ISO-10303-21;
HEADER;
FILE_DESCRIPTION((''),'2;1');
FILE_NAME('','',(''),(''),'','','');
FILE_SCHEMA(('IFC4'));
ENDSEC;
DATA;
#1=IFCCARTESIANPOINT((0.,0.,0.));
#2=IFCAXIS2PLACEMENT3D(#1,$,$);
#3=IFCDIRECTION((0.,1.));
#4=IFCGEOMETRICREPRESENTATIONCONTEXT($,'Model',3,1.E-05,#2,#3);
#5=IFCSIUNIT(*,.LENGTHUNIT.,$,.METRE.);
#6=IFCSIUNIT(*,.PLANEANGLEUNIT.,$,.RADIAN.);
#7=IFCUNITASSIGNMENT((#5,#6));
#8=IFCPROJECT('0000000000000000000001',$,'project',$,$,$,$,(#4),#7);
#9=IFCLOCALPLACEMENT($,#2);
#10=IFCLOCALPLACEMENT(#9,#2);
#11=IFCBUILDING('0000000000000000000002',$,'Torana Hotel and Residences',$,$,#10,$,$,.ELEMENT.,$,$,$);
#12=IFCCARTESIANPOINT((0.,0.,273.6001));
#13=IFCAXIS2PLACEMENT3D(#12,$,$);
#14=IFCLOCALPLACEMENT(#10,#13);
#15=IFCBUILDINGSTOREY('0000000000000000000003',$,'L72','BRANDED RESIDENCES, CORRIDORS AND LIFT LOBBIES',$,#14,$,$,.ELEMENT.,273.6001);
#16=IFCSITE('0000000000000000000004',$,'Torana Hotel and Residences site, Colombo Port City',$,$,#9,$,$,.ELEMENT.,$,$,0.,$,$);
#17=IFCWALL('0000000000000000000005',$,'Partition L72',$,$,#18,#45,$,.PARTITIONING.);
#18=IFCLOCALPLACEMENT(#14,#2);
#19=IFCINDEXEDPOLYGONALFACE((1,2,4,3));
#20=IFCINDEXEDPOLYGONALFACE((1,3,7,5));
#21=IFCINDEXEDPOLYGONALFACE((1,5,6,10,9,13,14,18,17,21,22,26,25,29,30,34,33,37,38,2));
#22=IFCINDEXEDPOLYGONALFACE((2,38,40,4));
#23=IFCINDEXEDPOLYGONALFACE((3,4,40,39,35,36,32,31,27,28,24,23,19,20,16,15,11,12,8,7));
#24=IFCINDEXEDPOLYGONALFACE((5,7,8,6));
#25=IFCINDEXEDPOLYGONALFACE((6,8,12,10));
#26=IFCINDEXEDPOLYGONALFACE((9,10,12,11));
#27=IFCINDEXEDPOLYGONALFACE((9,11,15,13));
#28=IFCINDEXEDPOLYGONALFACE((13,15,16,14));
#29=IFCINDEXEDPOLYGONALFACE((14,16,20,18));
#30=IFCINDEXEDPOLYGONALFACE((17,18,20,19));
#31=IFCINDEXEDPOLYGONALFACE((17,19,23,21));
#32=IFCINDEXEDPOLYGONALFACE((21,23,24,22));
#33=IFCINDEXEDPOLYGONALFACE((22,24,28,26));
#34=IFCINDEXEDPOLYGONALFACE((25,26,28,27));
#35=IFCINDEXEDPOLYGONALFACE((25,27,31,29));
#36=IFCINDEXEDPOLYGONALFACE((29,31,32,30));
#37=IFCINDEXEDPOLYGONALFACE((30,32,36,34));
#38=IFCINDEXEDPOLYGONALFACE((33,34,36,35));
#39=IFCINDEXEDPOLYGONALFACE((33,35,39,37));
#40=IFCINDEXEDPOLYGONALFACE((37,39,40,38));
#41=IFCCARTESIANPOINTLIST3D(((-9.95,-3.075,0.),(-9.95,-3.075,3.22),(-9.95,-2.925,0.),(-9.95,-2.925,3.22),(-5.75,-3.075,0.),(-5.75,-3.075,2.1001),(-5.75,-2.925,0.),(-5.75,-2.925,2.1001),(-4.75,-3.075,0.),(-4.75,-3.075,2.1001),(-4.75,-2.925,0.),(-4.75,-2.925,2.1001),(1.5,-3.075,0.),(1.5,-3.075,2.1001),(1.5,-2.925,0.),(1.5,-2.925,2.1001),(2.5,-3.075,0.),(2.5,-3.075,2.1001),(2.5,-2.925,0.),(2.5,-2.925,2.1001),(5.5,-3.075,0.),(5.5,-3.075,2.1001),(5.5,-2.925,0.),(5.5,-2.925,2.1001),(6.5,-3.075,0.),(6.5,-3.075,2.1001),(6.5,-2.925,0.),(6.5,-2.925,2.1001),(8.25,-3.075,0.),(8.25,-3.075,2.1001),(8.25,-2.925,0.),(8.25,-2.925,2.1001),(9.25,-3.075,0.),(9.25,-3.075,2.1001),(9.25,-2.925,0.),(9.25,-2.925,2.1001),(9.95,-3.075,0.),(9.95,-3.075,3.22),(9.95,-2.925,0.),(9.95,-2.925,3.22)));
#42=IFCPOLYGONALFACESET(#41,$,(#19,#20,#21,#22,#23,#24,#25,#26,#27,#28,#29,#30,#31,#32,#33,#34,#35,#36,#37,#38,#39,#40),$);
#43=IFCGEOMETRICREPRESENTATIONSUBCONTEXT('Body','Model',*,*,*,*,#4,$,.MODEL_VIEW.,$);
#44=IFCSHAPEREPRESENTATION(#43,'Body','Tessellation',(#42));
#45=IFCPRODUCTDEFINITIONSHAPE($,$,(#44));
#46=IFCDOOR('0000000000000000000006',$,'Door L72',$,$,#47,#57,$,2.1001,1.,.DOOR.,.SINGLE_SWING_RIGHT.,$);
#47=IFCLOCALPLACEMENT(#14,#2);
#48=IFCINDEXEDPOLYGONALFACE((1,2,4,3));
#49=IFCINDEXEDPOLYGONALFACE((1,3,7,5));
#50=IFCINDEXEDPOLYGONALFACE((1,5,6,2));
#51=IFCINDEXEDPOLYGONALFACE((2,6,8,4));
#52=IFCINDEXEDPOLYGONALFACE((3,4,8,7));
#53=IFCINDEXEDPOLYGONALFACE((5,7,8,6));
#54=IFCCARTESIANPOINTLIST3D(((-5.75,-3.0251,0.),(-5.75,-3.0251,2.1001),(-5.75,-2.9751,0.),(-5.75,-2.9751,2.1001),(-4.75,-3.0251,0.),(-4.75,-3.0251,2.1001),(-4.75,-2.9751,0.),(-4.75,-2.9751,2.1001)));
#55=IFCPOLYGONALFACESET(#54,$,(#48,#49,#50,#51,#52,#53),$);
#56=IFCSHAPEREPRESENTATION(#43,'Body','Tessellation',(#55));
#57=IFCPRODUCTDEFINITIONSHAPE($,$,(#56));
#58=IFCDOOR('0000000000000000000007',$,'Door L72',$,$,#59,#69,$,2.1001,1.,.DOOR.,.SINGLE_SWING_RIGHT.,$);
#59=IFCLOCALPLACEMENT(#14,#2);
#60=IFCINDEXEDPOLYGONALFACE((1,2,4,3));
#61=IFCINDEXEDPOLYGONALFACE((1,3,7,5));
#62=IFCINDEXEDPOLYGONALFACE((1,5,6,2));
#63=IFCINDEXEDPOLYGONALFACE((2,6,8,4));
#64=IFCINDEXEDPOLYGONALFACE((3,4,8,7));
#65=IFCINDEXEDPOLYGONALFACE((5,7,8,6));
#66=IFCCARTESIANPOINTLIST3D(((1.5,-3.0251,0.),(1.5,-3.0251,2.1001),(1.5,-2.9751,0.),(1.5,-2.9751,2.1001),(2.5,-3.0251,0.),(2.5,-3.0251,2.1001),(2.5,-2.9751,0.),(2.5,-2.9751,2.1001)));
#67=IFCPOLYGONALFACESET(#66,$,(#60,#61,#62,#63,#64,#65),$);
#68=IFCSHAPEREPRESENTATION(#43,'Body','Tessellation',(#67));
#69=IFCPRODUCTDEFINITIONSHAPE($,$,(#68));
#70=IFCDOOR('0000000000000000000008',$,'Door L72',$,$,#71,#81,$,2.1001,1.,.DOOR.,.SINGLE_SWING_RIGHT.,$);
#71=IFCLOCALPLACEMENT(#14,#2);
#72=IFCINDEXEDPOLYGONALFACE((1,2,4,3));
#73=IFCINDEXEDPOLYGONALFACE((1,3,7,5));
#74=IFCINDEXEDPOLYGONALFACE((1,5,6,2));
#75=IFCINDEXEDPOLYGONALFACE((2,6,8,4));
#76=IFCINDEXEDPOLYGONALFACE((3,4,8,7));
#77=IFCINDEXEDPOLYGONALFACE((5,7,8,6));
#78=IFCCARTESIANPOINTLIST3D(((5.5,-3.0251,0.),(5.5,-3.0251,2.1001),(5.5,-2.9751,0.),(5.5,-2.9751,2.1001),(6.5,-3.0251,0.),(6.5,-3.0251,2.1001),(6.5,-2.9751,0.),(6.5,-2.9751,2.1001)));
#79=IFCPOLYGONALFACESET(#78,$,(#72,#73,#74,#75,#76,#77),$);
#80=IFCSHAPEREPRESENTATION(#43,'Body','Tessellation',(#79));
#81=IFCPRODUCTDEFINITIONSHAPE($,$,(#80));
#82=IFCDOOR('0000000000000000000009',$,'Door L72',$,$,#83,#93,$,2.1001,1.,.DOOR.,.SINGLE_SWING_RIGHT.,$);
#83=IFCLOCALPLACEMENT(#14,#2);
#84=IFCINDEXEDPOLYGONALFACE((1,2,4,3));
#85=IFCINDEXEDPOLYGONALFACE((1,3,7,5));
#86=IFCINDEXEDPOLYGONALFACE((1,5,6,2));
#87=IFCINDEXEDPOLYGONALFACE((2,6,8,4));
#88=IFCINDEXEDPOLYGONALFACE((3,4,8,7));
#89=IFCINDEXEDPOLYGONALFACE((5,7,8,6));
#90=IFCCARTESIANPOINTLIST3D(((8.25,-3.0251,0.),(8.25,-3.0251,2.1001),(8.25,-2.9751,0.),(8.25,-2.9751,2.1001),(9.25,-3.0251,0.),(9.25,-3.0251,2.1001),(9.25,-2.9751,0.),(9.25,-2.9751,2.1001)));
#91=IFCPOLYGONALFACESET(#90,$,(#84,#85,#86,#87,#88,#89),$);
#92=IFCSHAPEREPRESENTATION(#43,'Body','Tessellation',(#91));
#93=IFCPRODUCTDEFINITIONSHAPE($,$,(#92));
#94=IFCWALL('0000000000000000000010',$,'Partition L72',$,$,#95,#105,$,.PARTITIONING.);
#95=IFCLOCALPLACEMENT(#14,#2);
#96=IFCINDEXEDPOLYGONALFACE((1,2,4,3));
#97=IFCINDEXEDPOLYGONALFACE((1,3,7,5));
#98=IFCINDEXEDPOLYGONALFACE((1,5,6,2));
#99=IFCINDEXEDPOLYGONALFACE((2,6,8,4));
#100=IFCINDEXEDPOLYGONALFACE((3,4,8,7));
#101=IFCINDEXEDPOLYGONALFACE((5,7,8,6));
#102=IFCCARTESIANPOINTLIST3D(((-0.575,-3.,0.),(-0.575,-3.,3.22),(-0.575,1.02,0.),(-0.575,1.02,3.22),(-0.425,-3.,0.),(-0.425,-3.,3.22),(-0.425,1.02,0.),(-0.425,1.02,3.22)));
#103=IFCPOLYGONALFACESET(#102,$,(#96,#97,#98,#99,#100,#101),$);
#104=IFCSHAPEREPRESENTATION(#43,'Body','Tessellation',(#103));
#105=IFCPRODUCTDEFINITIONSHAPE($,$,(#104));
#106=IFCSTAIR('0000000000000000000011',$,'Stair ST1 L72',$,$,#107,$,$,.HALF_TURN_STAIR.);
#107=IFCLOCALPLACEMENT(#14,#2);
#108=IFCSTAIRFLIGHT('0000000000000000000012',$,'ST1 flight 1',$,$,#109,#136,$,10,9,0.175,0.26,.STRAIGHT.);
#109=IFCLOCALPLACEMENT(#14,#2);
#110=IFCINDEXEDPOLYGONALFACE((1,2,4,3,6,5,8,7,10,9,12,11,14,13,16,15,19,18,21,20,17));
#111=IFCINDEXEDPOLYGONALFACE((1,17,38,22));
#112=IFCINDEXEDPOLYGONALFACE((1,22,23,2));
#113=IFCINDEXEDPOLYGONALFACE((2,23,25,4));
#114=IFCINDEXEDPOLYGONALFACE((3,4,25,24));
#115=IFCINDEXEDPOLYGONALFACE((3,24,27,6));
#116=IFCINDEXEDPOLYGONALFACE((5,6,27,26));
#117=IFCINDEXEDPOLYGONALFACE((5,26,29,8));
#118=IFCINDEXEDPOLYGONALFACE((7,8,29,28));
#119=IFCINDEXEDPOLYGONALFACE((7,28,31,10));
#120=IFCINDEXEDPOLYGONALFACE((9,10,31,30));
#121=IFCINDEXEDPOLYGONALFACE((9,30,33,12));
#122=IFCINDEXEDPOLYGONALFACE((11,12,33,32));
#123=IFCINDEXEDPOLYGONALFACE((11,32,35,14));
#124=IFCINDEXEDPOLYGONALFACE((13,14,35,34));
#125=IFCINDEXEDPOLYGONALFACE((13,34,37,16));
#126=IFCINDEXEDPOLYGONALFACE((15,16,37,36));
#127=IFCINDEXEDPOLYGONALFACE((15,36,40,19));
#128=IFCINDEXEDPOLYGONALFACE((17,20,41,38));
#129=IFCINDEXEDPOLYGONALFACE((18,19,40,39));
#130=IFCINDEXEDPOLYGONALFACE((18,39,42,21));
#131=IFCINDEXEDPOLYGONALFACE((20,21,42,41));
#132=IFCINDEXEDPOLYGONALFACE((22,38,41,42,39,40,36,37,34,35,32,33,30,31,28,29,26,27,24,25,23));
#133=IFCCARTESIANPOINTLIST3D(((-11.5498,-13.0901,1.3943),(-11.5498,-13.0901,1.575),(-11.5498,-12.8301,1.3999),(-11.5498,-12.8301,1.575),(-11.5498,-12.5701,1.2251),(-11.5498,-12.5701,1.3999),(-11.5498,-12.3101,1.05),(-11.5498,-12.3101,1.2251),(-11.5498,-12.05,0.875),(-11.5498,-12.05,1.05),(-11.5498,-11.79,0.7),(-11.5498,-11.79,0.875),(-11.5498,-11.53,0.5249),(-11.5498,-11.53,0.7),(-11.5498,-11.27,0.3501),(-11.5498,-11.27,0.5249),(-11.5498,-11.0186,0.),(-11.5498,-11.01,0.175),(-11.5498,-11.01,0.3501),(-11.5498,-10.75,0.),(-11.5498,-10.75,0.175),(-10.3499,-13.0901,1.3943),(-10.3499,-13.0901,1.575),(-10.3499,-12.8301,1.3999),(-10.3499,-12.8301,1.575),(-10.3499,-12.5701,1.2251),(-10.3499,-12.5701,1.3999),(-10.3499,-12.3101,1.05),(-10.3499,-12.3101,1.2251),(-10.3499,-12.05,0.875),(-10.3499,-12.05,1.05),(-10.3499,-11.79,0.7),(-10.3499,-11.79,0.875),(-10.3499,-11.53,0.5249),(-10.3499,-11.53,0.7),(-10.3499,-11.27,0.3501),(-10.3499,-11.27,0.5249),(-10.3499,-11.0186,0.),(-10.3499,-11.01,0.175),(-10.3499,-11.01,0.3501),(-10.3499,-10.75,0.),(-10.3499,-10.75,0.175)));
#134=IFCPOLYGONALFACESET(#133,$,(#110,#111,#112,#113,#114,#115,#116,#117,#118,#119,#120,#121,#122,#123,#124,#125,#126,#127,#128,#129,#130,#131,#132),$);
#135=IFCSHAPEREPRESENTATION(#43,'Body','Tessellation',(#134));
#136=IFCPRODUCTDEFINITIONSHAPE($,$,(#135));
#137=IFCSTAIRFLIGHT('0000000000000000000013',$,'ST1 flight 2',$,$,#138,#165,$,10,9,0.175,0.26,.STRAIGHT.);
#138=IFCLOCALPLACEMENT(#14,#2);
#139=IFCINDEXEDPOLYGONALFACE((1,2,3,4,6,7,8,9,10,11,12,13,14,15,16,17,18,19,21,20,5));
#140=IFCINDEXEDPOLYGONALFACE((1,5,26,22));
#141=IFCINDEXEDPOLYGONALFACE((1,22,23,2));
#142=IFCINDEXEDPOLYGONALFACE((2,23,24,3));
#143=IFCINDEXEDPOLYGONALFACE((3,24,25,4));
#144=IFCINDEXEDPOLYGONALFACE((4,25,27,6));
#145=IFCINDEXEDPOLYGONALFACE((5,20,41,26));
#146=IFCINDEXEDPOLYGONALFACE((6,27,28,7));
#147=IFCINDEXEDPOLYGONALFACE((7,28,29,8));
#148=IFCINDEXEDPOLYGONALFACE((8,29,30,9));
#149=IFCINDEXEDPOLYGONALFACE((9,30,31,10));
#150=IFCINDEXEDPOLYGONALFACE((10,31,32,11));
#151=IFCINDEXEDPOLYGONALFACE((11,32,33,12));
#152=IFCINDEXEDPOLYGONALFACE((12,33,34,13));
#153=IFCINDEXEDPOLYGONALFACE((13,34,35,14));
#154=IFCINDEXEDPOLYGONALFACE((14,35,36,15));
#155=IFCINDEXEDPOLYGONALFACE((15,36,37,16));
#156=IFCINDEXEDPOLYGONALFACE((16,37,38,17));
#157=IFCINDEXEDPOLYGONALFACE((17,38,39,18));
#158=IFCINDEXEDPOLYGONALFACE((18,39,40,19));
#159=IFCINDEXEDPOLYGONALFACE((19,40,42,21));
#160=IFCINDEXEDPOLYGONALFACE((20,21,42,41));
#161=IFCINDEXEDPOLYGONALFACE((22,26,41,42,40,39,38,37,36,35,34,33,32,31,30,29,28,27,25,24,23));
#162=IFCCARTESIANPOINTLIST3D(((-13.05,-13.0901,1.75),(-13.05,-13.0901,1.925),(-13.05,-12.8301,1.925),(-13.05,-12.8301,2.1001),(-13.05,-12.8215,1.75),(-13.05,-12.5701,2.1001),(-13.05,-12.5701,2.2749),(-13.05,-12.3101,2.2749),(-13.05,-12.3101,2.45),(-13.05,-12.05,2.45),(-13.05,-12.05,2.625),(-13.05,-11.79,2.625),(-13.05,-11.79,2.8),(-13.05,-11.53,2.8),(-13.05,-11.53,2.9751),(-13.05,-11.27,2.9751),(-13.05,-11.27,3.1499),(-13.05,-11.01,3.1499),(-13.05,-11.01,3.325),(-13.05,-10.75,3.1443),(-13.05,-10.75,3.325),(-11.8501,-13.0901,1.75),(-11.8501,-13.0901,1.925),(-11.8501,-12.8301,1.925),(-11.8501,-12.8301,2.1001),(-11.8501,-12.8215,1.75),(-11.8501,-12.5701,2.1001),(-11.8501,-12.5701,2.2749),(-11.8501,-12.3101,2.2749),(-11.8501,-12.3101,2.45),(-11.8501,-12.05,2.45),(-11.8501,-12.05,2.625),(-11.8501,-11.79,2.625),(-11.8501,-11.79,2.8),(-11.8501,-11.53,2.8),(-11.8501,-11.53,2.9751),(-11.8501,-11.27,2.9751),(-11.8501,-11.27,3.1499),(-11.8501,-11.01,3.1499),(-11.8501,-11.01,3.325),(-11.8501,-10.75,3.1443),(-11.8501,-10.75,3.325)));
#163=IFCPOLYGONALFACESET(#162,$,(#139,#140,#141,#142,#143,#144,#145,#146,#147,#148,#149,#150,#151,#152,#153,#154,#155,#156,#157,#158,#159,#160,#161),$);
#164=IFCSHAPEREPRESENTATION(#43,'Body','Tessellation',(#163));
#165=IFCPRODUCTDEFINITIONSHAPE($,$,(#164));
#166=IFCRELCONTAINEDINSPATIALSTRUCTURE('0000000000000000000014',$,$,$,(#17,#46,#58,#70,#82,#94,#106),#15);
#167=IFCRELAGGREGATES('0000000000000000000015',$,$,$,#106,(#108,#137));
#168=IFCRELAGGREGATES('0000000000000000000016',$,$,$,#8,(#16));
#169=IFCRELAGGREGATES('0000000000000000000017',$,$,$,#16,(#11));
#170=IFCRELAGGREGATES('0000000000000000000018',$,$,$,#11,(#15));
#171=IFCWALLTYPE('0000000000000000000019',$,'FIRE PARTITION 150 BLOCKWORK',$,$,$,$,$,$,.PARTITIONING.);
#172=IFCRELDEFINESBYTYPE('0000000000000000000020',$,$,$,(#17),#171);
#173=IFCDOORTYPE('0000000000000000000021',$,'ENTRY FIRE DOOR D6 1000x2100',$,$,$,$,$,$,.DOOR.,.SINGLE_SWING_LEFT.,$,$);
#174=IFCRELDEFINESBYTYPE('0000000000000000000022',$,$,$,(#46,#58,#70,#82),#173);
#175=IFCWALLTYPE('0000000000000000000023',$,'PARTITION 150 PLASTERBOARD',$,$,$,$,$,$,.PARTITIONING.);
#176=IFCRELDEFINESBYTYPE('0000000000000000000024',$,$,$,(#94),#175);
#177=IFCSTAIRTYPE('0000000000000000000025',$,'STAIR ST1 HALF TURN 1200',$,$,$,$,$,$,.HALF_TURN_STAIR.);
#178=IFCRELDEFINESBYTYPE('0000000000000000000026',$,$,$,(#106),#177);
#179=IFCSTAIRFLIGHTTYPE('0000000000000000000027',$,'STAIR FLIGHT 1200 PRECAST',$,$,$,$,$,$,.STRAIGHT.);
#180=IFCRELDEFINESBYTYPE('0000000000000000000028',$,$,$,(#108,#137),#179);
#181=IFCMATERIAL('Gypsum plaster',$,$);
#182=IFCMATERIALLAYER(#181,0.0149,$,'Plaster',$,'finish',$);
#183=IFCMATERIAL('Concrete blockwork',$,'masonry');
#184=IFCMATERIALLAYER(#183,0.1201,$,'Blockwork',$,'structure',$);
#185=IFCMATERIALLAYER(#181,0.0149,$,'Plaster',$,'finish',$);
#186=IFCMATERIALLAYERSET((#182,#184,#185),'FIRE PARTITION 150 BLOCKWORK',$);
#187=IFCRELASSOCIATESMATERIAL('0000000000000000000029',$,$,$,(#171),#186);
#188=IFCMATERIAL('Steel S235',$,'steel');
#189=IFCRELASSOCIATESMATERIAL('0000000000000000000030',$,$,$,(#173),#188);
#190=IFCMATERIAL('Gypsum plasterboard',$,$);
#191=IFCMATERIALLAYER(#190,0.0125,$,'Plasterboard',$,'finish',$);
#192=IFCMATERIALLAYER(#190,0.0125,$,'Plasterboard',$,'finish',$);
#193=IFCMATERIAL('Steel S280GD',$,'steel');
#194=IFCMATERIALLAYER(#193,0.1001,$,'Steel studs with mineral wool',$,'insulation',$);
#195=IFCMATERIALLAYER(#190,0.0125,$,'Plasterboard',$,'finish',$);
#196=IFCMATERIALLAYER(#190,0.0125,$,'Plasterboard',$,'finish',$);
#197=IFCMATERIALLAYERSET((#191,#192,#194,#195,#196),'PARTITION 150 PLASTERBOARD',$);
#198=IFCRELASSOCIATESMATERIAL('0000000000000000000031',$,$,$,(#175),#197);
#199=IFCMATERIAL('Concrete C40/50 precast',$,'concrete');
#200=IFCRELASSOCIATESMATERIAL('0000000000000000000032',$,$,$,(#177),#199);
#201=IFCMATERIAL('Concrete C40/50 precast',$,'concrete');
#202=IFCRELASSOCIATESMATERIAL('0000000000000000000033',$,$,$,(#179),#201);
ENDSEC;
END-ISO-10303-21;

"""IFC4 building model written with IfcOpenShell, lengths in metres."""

from ifc_helpers import new_model, si_unit, direction, frame, frame_2d, origin, place, context, subcontext, project, spatial, polyline, rectangle, outline, extrude, material, layer, layer_set, type_object, element, fill, aggregate, save


model = new_model("IFC4")

# Units and contexts
model_context = context("Model", 3, precision=1e-05, world=origin(), true_north=direction((0.0, 1.0)))
body_context = subcontext(model_context, "Body", "Model", "MODEL_VIEW")
ifc_project = project(units=[si_unit("LENGTHUNIT", "METRE"), si_unit("PLANEANGLEUNIT", "RADIAN")], contexts=[model_context])

# Site, building, storey
site_placement = place(None, origin())
site = spatial("IfcSite", under=ifc_project, at=site_placement, Name="Torana Hotel and Residences site, Colombo Port City", CompositionType="ELEMENT", RefElevation=0.0)
building_placement = place(site_placement, origin())
building = spatial("IfcBuilding", under=site, at=building_placement, Name="Torana Hotel and Residences", CompositionType="ELEMENT")
storey_placement = place(building_placement, frame((0.0, 0.0, 273.6001)))
storey = spatial("IfcBuildingStorey", under=building, at=storey_placement, Name="L72", Description="BRANDED RESIDENCES, CORRIDORS AND LIFT LOBBIES", CompositionType="ELEMENT", Elevation=273.6001)

# Shared definitions
ifc_material_1 = material(Name="Gypsum plaster")
ifc_layer_1 = layer(ifc_material_1, 0.0149, Name="Plaster", Category="finish")
ifc_material_2 = material(Name="Concrete blockwork", Category="masonry")
ifc_layer_2 = layer(ifc_material_2, 0.1201, Name="Blockwork", Category="structure")
ifc_layer_3 = layer(ifc_material_1, 0.0149, Name="Plaster", Category="finish")
ifc_layer_set_1 = layer_set([ifc_layer_1, ifc_layer_2, ifc_layer_3], Name="FIRE PARTITION 150 BLOCKWORK")
wall_type_1 = type_object("IfcWallType", Name="FIRE PARTITION 150 BLOCKWORK", PredefinedType="PARTITIONING", material=ifc_layer_set_1)

# Wall, openings, doors
ifc_material_3 = material(Name="Steel S235", Category="steel")
door_type_1 = type_object("IfcDoorType", Name="ENTRY FIRE DOOR D6 1000x2100", OperationType="SINGLE_SWING_LEFT", PredefinedType="DOOR", material=ifc_material_3)
wall_1_placement = place(storey_placement, frame((-9.95, -3.0, 0.0), z_axis=(0.0, 0.0, 1.0), x_axis=(1.0, 0.0, 0.0)))
wall_1 = element("IfcWall", 1, at=wall_1_placement, inside=storey, type_object=wall_type_1, Name="Partition L72", PredefinedType="PARTITIONING", context=body_context, shape_type="SweptSolid", body=[
    extrude(rectangle(XDim=19.8999, YDim=0.1499, at=frame_2d((9.95, 0.0))), origin(), (0.0, 0.0, 1.0), 3.22),
])
opening_1_placement = place(wall_1_placement, frame((4.2, 0.0, 0.0)))
opening_1 = element("IfcOpeningElement", 2, at=opening_1_placement, cuts=wall_1, PredefinedType="OPENING", context=body_context, shape_type="SweptSolid", body=[
    extrude(rectangle(XDim=1.0, YDim=2.1001, at=frame_2d((0.5, 1.05))), frame((0.0, 0.085, 0.0), z_axis=(0.0, -1.0, 0.0), x_axis=(1.0, 0.0, 0.0)), (0.0, 0.0, 1.0), 0.1699),
])
opening_2_placement = place(wall_1_placement, frame((11.45, 0.0, 0.0)))
opening_2 = element("IfcOpeningElement", 3, at=opening_2_placement, cuts=wall_1, PredefinedType="OPENING", context=body_context, shape_type="SweptSolid", body=[
    extrude(rectangle(XDim=1.0, YDim=2.1001, at=frame_2d((0.5, 1.05))), frame((0.0, 0.085, 0.0), z_axis=(0.0, -1.0, 0.0), x_axis=(1.0, 0.0, 0.0)), (0.0, 0.0, 1.0), 0.1699),
])
opening_3_placement = place(wall_1_placement, frame((15.45, 0.0, 0.0)))
opening_3 = element("IfcOpeningElement", 4, at=opening_3_placement, cuts=wall_1, PredefinedType="OPENING", context=body_context, shape_type="SweptSolid", body=[
    extrude(rectangle(XDim=1.0, YDim=2.1001, at=frame_2d((0.5, 1.05))), frame((0.0, 0.085, 0.0), z_axis=(0.0, -1.0, 0.0), x_axis=(1.0, 0.0, 0.0)), (0.0, 0.0, 1.0), 0.1699),
])
opening_4_placement = place(wall_1_placement, frame((18.2, 0.0, 0.0)))
opening_4 = element("IfcOpeningElement", 5, at=opening_4_placement, cuts=wall_1, PredefinedType="OPENING", context=body_context, shape_type="SweptSolid", body=[
    extrude(rectangle(XDim=1.0, YDim=2.1001, at=frame_2d((0.5, 1.05))), frame((0.0, 0.085, 0.0), z_axis=(0.0, -1.0, 0.0), x_axis=(1.0, 0.0, 0.0)), (0.0, 0.0, 1.0), 0.1699),
])
door_1_placement = place(opening_1_placement, origin())
door_1 = element("IfcDoor", 6, at=door_1_placement, inside=storey, type_object=door_type_1, Name="Door L72", OperationType="SINGLE_SWING_RIGHT", OverallHeight=2.1001, OverallWidth=1.0, PredefinedType="DOOR", context=body_context, shape_type="SweptSolid", body=[
    extrude(rectangle(XDim=1.0, YDim=2.1001, at=frame_2d((0.5, 1.05))), frame((0.0, 0.0249, 0.0), z_axis=(0.0, -1.0, 0.0), x_axis=(1.0, 0.0, 0.0)), (0.0, 0.0, 1.0), 0.05),
])
fill(opening_1, door_1)
door_2_placement = place(opening_2_placement, origin())
door_2 = element("IfcDoor", 7, at=door_2_placement, inside=storey, type_object=door_type_1, Name="Door L72", OperationType="SINGLE_SWING_RIGHT", OverallHeight=2.1001, OverallWidth=1.0, PredefinedType="DOOR", context=body_context, shape_type="SweptSolid", body=[
    extrude(rectangle(XDim=1.0, YDim=2.1001, at=frame_2d((0.5, 1.05))), frame((0.0, 0.0249, 0.0), z_axis=(0.0, -1.0, 0.0), x_axis=(1.0, 0.0, 0.0)), (0.0, 0.0, 1.0), 0.05),
])
fill(opening_2, door_2)
door_3_placement = place(opening_3_placement, origin())
door_3 = element("IfcDoor", 8, at=door_3_placement, inside=storey, type_object=door_type_1, Name="Door L72", OperationType="SINGLE_SWING_RIGHT", OverallHeight=2.1001, OverallWidth=1.0, PredefinedType="DOOR", context=body_context, shape_type="SweptSolid", body=[
    extrude(rectangle(XDim=1.0, YDim=2.1001, at=frame_2d((0.5, 1.05))), frame((0.0, 0.0249, 0.0), z_axis=(0.0, -1.0, 0.0), x_axis=(1.0, 0.0, 0.0)), (0.0, 0.0, 1.0), 0.05),
])
fill(opening_3, door_3)
door_4_placement = place(opening_4_placement, origin())
door_4 = element("IfcDoor", 9, at=door_4_placement, inside=storey, type_object=door_type_1, Name="Door L72", OperationType="SINGLE_SWING_RIGHT", OverallHeight=2.1001, OverallWidth=1.0, PredefinedType="DOOR", context=body_context, shape_type="SweptSolid", body=[
    extrude(rectangle(XDim=1.0, YDim=2.1001, at=frame_2d((0.5, 1.05))), frame((0.0, 0.0249, 0.0), z_axis=(0.0, -1.0, 0.0), x_axis=(1.0, 0.0, 0.0)), (0.0, 0.0, 1.0), 0.05),
])
fill(opening_4, door_4)

# Wall
ifc_material_4 = material(Name="Gypsum plasterboard")
ifc_layer_4 = layer(ifc_material_4, 0.0125, Name="Plasterboard", Category="finish")
ifc_layer_5 = layer(ifc_material_4, 0.0125, Name="Plasterboard", Category="finish")
ifc_material_5 = material(Name="Steel S280GD", Category="steel")
ifc_layer_6 = layer(ifc_material_5, 0.1001, Name="Steel studs with mineral wool", Category="insulation")
ifc_layer_7 = layer(ifc_material_4, 0.0125, Name="Plasterboard", Category="finish")
ifc_layer_8 = layer(ifc_material_4, 0.0125, Name="Plasterboard", Category="finish")
ifc_layer_set_2 = layer_set([ifc_layer_4, ifc_layer_5, ifc_layer_6, ifc_layer_7, ifc_layer_8], Name="PARTITION 150 PLASTERBOARD")
wall_type_2 = type_object("IfcWallType", Name="PARTITION 150 PLASTERBOARD", PredefinedType="PARTITIONING", material=ifc_layer_set_2)
wall_2_placement = place(storey_placement, frame((-0.5, -3.0, 0.0), z_axis=(0.0, 0.0, 1.0), x_axis=(0.0, 1.0, 0.0)))
element("IfcWall", 10, at=wall_2_placement, inside=storey, type_object=wall_type_2, Name="Partition L72", PredefinedType="PARTITIONING", context=body_context, shape_type="SweptSolid", body=[
    extrude(rectangle(XDim=4.02, YDim=0.1499, at=frame_2d((2.01, 0.0))), origin(), (0.0, 0.0, 1.0), 3.22),
])

# Stair, stair flights
ifc_material_6 = material(Name="Concrete C40/50 precast", Category="concrete")
stair_type = type_object("IfcStairType", Name="STAIR ST1 HALF TURN 1200", PredefinedType="HALF_TURN_STAIR", material=ifc_material_6)
stair_placement = place(storey_placement, origin())
stair = element("IfcStair", 11, at=stair_placement, inside=storey, type_object=stair_type, Name="Stair ST1 L72", PredefinedType="HALF_TURN_STAIR")
ifc_material_7 = material(Name="Concrete C40/50 precast", Category="concrete")
stair_flight_type = type_object("IfcStairFlightType", Name="STAIR FLIGHT 1200 PRECAST", PredefinedType="STRAIGHT", material=ifc_material_7)
stair_flight_1_placement = place(storey_placement, frame((-10.95, -10.75, 0.0), z_axis=(0.0, 0.0, 1.0), x_axis=(0.0, -1.0, 0.0)))
stair_flight_1 = element("IfcStairFlight", 12, at=stair_flight_1_placement, type_object=stair_flight_type, Name="ST1 flight 1", NumberOfRisers=10, NumberOfTreads=9, PredefinedType="STRAIGHT", RiserHeight=0.175, TreadLength=0.26, context=body_context, shape_type="SweptSolid", body=[
    extrude(outline(polyline([(0.0, 0.0), (0.0, 0.175), (0.26, 0.175), (0.26, 0.3501), (0.52, 0.3501), (0.52, 0.5249), (0.78, 0.5249), (0.78, 0.7), (1.04, 0.7), (1.04, 0.875), (1.3, 0.875), (1.3, 1.05), (1.5601, 1.05), (1.5601, 1.2251), (1.8201, 1.2251), (1.8201, 1.3999), (2.0801, 1.3999), (2.0801, 1.575), (2.3401, 1.575), (2.3401, 1.75), (2.3401, 1.3943), (0.2686, 0.0), (0.0, 0.0)])), frame((0.0, 0.6001, 0.0), z_axis=(0.0, -1.0, 0.0), x_axis=(1.0, 0.0, 0.0)), (0.0, 0.0, 1.0), 1.2),
])
stair_flight_2_placement = place(storey_placement, frame((-12.45, -13.0901, 1.75), z_axis=(0.0, 0.0, 1.0), x_axis=(0.0, 1.0, 0.0)))
stair_flight_2 = element("IfcStairFlight", 13, at=stair_flight_2_placement, type_object=stair_flight_type, Name="ST1 flight 2", NumberOfRisers=10, NumberOfTreads=9, PredefinedType="STRAIGHT", RiserHeight=0.175, TreadLength=0.26, context=body_context, shape_type="SweptSolid", body=[
    extrude(outline(polyline([(0.0, 0.0), (0.0, 0.175), (0.26, 0.175), (0.26, 0.3501), (0.52, 0.3501), (0.52, 0.5249), (0.78, 0.5249), (0.78, 0.7), (1.04, 0.7), (1.04, 0.875), (1.3, 0.875), (1.3, 1.05), (1.5601, 1.05), (1.5601, 1.2251), (1.8201, 1.2251), (1.8201, 1.3999), (2.0801, 1.3999), (2.0801, 1.575), (2.3401, 1.575), (2.3401, 1.75), (2.3401, 1.3943), (0.2686, 0.0), (0.0, 0.0)])), frame((0.0, 0.6001, 0.0), z_axis=(0.0, -1.0, 0.0), x_axis=(1.0, 0.0, 0.0)), (0.0, 0.0, 1.0), 1.2),
])
aggregate(stair, [stair_flight_1, stair_flight_2])

save(model, "model.ifc")
